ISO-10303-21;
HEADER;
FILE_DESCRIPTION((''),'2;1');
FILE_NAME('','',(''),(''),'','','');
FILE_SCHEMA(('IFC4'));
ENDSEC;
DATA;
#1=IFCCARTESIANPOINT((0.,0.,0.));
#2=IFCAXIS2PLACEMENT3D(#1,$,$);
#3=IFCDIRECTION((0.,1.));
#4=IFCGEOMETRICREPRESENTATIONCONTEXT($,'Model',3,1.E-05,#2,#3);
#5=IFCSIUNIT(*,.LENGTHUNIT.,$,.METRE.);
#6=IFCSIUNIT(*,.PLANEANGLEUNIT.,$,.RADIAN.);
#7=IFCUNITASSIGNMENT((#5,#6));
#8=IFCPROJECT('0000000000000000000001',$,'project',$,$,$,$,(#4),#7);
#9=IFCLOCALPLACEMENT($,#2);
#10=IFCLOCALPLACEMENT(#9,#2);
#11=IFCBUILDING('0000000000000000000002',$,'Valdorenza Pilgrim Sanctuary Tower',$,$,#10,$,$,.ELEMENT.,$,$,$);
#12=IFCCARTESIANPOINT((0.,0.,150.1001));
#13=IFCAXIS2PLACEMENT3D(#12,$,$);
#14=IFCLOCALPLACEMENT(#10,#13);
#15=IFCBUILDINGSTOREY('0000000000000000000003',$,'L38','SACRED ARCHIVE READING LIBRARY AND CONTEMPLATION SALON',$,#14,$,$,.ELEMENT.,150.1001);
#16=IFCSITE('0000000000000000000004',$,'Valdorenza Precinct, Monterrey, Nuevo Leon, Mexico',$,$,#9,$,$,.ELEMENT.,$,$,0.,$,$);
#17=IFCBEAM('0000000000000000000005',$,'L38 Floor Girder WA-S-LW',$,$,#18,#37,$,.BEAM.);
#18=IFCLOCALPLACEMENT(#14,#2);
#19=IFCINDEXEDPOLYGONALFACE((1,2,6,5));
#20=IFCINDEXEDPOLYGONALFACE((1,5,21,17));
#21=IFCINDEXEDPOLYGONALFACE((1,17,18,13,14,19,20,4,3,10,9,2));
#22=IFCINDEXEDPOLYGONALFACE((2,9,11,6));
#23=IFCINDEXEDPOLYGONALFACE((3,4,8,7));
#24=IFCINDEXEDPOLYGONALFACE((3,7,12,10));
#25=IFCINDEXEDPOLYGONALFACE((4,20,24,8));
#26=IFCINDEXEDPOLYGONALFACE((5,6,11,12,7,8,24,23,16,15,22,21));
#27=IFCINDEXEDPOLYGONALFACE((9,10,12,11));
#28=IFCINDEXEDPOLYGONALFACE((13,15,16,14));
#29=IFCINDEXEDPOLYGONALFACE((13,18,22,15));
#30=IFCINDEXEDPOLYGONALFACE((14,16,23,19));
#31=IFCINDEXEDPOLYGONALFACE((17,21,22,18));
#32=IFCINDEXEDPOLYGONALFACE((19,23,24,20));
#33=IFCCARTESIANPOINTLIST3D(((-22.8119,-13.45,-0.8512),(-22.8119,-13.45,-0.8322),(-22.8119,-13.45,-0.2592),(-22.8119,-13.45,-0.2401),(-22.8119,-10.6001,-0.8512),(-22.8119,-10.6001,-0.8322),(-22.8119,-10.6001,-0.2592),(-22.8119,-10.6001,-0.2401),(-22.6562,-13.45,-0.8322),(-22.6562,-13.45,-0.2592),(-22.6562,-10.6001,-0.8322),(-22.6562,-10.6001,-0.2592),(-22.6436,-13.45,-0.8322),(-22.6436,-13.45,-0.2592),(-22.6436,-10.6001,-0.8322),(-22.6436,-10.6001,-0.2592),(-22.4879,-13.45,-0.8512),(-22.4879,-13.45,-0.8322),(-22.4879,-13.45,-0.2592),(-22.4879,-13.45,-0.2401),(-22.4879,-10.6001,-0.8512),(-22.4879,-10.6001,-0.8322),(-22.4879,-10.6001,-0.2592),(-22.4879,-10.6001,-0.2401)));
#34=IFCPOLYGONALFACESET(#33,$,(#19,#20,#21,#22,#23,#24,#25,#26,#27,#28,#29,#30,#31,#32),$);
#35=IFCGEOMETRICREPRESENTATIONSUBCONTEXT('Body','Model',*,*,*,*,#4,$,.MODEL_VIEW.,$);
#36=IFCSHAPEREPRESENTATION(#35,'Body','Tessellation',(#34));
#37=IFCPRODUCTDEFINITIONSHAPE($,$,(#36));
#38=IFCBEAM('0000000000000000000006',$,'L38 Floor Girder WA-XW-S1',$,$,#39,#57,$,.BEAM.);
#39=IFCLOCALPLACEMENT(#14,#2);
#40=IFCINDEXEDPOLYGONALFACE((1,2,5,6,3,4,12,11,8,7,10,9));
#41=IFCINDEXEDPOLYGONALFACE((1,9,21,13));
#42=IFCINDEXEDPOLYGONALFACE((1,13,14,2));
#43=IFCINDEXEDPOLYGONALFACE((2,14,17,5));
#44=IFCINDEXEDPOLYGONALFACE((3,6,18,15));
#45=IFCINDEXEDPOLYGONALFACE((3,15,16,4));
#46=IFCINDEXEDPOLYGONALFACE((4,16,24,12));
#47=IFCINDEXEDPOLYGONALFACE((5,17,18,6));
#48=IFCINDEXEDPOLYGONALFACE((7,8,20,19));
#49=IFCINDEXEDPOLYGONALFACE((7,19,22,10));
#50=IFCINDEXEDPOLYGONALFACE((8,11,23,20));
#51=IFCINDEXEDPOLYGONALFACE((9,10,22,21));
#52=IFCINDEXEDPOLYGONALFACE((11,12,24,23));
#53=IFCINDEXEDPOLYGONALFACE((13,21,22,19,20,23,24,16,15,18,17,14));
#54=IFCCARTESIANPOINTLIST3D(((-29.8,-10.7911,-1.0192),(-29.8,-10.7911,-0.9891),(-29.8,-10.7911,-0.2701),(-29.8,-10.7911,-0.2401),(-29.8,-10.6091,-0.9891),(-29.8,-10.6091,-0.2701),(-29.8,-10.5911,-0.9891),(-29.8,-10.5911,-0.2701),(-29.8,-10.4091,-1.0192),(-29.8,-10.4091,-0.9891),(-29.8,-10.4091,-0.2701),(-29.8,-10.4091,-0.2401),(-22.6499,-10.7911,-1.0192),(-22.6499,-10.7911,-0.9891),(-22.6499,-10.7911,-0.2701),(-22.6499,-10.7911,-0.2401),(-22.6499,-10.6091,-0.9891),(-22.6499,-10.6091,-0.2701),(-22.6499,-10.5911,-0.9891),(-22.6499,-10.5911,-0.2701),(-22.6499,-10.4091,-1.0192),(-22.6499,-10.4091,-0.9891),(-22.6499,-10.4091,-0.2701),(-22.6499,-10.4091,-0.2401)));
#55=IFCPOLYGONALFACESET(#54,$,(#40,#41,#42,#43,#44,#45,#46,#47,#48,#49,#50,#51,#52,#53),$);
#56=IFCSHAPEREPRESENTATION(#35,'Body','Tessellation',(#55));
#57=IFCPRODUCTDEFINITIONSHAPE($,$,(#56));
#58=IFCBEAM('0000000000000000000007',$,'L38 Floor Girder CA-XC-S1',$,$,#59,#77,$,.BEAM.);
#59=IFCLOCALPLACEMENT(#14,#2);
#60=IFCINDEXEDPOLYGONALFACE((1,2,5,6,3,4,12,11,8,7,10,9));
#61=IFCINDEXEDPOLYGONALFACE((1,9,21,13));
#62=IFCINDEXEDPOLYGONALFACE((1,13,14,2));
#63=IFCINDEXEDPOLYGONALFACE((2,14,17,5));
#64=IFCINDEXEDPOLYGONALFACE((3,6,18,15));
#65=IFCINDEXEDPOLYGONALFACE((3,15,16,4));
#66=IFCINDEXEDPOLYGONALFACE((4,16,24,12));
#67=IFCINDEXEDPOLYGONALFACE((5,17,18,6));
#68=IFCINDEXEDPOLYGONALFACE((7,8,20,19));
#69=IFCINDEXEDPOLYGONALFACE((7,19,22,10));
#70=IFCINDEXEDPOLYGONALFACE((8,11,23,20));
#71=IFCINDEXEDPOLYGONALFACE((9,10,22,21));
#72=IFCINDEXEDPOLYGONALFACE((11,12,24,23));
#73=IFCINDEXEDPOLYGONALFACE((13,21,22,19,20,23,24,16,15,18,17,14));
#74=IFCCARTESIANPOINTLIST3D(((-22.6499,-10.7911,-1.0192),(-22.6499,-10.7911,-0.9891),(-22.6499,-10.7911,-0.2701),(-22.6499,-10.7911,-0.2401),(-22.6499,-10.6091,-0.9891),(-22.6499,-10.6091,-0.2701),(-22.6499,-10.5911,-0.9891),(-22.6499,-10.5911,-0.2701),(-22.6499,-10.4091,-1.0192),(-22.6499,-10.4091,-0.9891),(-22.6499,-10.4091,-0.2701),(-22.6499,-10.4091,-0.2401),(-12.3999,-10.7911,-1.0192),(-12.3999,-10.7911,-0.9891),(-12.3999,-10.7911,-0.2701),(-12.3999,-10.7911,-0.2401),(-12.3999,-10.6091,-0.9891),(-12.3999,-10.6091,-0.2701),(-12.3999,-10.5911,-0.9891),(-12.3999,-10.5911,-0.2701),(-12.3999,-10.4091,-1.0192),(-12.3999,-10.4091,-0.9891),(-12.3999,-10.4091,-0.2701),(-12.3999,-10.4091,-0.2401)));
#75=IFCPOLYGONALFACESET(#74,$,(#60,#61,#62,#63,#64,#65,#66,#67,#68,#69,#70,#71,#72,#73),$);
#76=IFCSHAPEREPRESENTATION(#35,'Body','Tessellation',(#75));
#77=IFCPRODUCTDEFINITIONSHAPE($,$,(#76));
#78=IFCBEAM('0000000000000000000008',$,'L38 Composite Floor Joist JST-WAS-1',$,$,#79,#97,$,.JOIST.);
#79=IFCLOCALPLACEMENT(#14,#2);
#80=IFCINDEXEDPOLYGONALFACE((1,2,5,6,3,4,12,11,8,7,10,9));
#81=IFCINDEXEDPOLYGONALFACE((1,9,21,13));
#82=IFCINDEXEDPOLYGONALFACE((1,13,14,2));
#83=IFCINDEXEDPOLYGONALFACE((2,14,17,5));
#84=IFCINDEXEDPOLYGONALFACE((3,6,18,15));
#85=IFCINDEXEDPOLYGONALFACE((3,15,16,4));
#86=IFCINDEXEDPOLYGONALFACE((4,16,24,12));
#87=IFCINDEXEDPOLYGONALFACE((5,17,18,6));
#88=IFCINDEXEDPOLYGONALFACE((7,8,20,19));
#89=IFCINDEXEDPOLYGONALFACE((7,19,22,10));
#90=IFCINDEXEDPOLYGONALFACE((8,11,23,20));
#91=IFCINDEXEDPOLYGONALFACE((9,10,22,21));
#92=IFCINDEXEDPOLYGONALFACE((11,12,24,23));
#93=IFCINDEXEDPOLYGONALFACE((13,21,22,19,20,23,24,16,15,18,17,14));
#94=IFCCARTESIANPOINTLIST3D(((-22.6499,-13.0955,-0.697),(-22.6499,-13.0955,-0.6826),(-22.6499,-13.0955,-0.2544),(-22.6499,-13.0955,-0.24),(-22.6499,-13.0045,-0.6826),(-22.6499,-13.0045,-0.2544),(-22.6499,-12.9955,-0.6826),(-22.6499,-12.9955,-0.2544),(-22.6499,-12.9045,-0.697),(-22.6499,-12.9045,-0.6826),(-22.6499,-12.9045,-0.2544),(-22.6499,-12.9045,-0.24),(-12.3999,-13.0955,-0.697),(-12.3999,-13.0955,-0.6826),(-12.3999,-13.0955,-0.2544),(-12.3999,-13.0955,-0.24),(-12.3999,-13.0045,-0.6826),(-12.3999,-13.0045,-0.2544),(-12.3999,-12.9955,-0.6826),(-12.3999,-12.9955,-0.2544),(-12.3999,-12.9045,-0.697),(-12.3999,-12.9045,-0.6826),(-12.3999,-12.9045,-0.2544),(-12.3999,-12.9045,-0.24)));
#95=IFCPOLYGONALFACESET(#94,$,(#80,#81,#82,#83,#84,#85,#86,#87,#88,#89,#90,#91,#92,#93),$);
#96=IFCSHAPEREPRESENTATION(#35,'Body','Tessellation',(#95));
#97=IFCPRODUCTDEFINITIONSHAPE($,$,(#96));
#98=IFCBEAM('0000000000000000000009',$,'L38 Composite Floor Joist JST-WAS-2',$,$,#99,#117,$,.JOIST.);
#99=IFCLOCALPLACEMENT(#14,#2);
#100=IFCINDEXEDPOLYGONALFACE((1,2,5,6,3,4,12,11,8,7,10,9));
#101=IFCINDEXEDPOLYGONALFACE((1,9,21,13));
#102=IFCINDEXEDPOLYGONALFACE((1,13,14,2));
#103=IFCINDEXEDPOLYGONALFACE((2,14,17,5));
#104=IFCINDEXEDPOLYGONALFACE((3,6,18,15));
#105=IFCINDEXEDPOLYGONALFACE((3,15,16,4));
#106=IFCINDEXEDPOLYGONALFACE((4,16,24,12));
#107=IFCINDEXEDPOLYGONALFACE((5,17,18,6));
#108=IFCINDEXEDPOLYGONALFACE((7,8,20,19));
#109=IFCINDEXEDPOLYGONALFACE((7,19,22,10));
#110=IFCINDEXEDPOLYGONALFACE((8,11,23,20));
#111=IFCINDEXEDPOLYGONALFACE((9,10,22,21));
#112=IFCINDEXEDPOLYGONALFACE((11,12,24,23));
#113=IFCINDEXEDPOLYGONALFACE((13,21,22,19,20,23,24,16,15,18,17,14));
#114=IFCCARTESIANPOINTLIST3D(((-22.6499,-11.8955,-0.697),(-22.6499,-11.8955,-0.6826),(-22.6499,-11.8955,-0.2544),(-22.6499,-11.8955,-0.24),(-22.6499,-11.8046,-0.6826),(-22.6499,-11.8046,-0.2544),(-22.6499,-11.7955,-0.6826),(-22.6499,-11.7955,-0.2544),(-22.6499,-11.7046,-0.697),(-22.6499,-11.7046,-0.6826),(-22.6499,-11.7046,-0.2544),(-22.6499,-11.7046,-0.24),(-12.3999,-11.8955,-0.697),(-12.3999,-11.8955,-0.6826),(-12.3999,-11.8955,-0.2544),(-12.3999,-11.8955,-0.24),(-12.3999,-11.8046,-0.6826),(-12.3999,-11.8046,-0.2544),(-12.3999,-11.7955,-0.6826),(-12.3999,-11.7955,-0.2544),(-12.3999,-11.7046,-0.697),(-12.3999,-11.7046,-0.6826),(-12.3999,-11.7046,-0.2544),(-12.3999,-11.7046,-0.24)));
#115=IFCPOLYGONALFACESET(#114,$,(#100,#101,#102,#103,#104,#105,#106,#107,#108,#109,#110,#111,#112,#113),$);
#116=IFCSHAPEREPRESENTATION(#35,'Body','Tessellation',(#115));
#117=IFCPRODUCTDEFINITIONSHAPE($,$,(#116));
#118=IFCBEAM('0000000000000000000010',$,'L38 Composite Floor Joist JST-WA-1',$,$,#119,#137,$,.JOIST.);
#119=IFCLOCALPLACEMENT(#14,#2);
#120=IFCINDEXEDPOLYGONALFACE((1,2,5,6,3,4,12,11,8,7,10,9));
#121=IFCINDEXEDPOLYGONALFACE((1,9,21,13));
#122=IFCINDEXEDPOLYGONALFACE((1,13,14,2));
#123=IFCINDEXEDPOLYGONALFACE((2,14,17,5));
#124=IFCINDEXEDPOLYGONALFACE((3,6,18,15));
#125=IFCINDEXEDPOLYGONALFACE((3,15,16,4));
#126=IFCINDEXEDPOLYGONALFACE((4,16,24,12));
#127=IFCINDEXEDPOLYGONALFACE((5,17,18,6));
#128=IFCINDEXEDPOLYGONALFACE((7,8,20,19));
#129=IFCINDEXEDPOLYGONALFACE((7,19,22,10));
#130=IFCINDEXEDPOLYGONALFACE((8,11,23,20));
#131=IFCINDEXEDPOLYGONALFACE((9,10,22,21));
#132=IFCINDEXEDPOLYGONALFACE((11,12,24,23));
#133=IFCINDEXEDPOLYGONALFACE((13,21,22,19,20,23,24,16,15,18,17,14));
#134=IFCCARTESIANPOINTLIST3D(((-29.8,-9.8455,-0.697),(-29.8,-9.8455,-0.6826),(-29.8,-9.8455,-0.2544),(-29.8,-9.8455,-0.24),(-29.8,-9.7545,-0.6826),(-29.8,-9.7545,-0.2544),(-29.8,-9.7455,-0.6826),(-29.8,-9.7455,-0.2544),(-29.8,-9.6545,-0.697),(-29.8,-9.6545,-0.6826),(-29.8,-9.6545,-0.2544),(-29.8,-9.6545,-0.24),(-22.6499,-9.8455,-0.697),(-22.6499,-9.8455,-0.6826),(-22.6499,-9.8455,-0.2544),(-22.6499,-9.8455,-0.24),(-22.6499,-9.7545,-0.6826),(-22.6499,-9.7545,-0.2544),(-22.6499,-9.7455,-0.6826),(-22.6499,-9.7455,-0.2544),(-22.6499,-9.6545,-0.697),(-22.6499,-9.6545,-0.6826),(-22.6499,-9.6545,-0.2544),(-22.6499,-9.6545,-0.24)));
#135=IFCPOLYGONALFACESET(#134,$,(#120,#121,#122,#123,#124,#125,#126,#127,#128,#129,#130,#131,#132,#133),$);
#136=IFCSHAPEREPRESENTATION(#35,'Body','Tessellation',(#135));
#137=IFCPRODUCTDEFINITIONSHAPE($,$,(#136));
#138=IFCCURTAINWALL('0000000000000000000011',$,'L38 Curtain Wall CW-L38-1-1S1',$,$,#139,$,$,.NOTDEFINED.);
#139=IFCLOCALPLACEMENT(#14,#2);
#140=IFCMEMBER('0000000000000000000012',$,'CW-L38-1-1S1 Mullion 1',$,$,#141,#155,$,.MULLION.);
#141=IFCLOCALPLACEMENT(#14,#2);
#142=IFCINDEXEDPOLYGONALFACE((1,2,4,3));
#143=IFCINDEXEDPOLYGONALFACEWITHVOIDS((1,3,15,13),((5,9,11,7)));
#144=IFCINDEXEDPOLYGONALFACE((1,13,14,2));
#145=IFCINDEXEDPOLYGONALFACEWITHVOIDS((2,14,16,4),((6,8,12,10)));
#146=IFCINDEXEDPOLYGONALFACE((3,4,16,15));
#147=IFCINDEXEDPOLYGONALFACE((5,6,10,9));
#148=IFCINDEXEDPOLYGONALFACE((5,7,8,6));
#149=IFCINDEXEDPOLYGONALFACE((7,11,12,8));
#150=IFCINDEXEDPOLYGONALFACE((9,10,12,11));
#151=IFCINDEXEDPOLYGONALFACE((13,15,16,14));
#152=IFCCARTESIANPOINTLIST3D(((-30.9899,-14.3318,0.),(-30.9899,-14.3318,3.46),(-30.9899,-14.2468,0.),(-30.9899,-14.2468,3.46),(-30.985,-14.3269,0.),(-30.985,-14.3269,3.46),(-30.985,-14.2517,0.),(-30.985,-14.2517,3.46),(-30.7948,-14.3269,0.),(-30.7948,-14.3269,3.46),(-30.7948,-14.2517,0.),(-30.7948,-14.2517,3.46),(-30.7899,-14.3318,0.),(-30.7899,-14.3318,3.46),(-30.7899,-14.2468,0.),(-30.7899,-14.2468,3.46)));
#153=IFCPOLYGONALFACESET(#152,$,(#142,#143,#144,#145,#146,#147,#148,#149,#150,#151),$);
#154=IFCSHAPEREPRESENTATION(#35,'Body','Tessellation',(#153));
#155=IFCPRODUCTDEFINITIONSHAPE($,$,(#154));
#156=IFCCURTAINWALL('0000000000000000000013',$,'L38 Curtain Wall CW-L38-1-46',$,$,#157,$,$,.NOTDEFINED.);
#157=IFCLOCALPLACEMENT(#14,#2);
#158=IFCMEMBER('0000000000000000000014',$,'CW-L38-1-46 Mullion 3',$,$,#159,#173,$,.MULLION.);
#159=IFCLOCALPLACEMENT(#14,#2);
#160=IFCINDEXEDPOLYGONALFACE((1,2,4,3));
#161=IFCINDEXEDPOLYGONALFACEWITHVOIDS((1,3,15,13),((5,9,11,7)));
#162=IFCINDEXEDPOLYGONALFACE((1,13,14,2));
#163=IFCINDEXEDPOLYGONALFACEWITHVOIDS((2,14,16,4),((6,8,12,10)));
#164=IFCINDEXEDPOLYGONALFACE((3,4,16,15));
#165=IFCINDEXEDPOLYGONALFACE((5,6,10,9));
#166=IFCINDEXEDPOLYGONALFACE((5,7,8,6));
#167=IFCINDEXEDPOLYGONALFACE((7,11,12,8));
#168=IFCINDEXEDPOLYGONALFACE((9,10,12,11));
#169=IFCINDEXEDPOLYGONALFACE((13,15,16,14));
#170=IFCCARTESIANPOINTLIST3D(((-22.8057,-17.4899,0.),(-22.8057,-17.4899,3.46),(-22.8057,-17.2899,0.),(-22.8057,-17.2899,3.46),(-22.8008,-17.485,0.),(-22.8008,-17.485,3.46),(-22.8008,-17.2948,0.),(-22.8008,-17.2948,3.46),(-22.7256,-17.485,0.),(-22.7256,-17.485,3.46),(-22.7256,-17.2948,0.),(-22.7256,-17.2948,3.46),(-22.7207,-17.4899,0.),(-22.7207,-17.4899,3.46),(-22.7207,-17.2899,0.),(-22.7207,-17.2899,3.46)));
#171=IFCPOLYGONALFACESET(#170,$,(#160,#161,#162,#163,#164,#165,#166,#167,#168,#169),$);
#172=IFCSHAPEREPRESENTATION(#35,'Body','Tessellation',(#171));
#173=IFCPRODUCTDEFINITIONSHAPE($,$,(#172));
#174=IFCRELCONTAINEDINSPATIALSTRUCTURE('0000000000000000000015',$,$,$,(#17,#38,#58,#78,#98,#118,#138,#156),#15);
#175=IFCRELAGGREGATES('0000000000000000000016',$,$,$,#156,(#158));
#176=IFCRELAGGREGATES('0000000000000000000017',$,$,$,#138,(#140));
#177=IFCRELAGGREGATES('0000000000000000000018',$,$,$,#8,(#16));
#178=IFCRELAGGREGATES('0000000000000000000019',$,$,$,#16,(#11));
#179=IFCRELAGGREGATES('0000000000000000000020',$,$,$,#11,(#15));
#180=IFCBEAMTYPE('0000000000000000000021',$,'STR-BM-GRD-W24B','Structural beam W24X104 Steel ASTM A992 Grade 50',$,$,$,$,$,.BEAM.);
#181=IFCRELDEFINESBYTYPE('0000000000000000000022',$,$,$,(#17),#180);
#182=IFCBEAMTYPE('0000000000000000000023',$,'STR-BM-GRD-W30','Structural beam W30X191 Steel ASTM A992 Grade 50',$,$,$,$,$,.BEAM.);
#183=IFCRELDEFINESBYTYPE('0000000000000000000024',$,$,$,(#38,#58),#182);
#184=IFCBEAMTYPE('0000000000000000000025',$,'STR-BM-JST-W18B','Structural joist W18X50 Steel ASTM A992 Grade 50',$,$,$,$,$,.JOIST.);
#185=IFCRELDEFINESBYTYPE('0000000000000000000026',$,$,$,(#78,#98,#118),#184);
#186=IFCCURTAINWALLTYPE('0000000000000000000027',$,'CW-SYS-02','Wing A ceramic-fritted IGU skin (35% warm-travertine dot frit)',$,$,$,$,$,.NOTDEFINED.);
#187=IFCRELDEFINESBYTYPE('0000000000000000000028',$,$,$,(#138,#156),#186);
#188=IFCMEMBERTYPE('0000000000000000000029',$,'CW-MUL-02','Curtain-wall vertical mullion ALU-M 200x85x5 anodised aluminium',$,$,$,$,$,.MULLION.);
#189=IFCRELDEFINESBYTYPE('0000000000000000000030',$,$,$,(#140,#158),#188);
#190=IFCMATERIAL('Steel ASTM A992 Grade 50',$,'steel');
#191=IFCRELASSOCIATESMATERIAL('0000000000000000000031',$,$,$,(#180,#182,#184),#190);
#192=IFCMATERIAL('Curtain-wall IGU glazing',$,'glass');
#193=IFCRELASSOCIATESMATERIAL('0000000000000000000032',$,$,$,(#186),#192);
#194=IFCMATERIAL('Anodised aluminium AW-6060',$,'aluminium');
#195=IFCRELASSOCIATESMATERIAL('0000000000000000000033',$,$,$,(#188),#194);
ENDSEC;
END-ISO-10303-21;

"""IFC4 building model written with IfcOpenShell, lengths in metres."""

from ifc_helpers import new_model, si_unit, direction, frame, origin, origin_2d, place, context, subcontext, project, spatial, hollow_rectangle, i_section, extrude, source, transform, mapped, material, material_profile, profile_set, type_object, element, aggregate, save


model = new_model("IFC4")

# Units and contexts
model_context = context("Model", 3, precision=1e-05, world=origin(), true_north=direction((0.0, 1.0)))
body_context = subcontext(model_context, "Body", "Model", "MODEL_VIEW")
ifc_project = project(units=[si_unit("LENGTHUNIT", "METRE"), si_unit("PLANEANGLEUNIT", "RADIAN")], contexts=[model_context])

# Site, building, storey
site_placement = place(None, origin())
site = spatial("IfcSite", under=ifc_project, at=site_placement, Name="Valdorenza Precinct, Monterrey, Nuevo Leon, Mexico", CompositionType="ELEMENT", RefElevation=0.0)
building_placement = place(site_placement, origin())
building = spatial("IfcBuilding", under=site, at=building_placement, Name="Valdorenza Pilgrim Sanctuary Tower", CompositionType="ELEMENT")
storey_placement = place(building_placement, frame((0.0, 0.0, 150.1001)))
storey = spatial("IfcBuildingStorey", under=building, at=storey_placement, Name="L38", Description="SACRED ARCHIVE READING LIBRARY AND CONTEMPLATION SALON", CompositionType="ELEMENT", Elevation=150.1001)

# Shared definitions
ifc_material_1 = material(Name="Steel ASTM A992 Grade 50", Category="steel")

# Beams
ifc_material_profile_1 = material_profile(ifc_material_1, i_section(OverallWidth=0.324, OverallDepth=0.6111, WebThickness=0.0127, FlangeThickness=0.019, at=origin_2d()), Name="W24X104")
ifc_profile_set_1 = profile_set([ifc_material_profile_1], Name="Steel ASTM A992 Grade 50")
beam_type_1 = type_object("IfcBeamType", Name="STR-BM-GRD-W24B", Description="Structural beam W24X104 Steel ASTM A992 Grade 50", PredefinedType="BEAM", material=ifc_profile_set_1)
shared_shape_1 = source(origin(), body_context, "Body", "SweptSolid", [
    extrude(i_section(OverallWidth=0.324, OverallDepth=0.6111, WebThickness=0.0127, FlangeThickness=0.019, at=origin_2d()), origin(), (0.0, 0.0, 1.0), 2.8499),
])
beam_1_placement = place(storey_placement, frame((-22.6499, -13.45, -0.5457), z_axis=(0.0, 1.0, 0.0), x_axis=(-1.0, 0.0, 0.0)))
element("IfcBeam", 1, at=beam_1_placement, inside=storey, type_object=beam_type_1, Name="L38 Floor Girder WA-S-LW", PredefinedType="BEAM", context=body_context, shape_type="MappedRepresentation", body=[
    mapped(shared_shape_1, transform((0.0, 0.0, 0.0), x_axis=(1.0, 0.0, 0.0), y_axis=(0.0, 1.0, 0.0), z_axis=(0.0, 0.0, 1.0), scale=1.0)),
])
ifc_material_profile_2 = material_profile(ifc_material_1, i_section(OverallWidth=0.3821, OverallDepth=0.7791, WebThickness=0.0181, FlangeThickness=0.03, at=origin_2d()), Name="W30X191")
ifc_profile_set_2 = profile_set([ifc_material_profile_2], Name="Steel ASTM A992 Grade 50")
beam_type_2 = type_object("IfcBeamType", Name="STR-BM-GRD-W30", Description="Structural beam W30X191 Steel ASTM A992 Grade 50", PredefinedType="BEAM", material=ifc_profile_set_2)
shared_shape_2 = source(origin(), body_context, "Body", "SweptSolid", [
    extrude(i_section(OverallWidth=0.3821, OverallDepth=0.7791, WebThickness=0.0181, FlangeThickness=0.03, at=origin_2d()), origin(), (0.0, 0.0, 1.0), 7.1501),
])
beam_2_placement = place(storey_placement, frame((-29.8, -10.6001, -0.6296), z_axis=(1.0, 0.0, 0.0), x_axis=(0.0, 1.0, 0.0)))
element("IfcBeam", 2, at=beam_2_placement, inside=storey, type_object=beam_type_2, Name="L38 Floor Girder WA-XW-S1", PredefinedType="BEAM", context=body_context, shape_type="MappedRepresentation", body=[
    mapped(shared_shape_2, transform((0.0, 0.0, 0.0), x_axis=(1.0, 0.0, 0.0), y_axis=(0.0, 1.0, 0.0), z_axis=(0.0, 0.0, 1.0), scale=1.0)),
])
shared_shape_3 = source(origin(), body_context, "Body", "SweptSolid", [
    extrude(i_section(OverallWidth=0.3821, OverallDepth=0.7791, WebThickness=0.0181, FlangeThickness=0.03, at=origin_2d()), origin(), (0.0, 0.0, 1.0), 10.25),
])
beam_3_placement = place(storey_placement, frame((-22.6499, -10.6001, -0.6296), z_axis=(1.0, 0.0, 0.0), x_axis=(0.0, 1.0, 0.0)))
element("IfcBeam", 3, at=beam_3_placement, inside=storey, type_object=beam_type_2, Name="L38 Floor Girder CA-XC-S1", PredefinedType="BEAM", context=body_context, shape_type="MappedRepresentation", body=[
    mapped(shared_shape_3, transform((0.0, 0.0, 0.0), x_axis=(1.0, 0.0, 0.0), y_axis=(0.0, 1.0, 0.0), z_axis=(0.0, 0.0, 1.0), scale=1.0)),
])
ifc_material_profile_3 = material_profile(ifc_material_1, i_section(OverallWidth=0.1909, OverallDepth=0.457, WebThickness=0.009, FlangeThickness=0.0144, at=origin_2d()), Name="W18X50")
ifc_profile_set_3 = profile_set([ifc_material_profile_3], Name="Steel ASTM A992 Grade 50")
beam_type_3 = type_object("IfcBeamType", Name="STR-BM-JST-W18B", Description="Structural joist W18X50 Steel ASTM A992 Grade 50", PredefinedType="JOIST", material=ifc_profile_set_3)
shared_shape_4 = source(origin(), body_context, "Body", "SweptSolid", [
    extrude(i_section(OverallWidth=0.1909, OverallDepth=0.457, WebThickness=0.009, FlangeThickness=0.0144, at=origin_2d()), origin(), (0.0, 0.0, 1.0), 10.25),
])
for number, where, z_axis, x_axis, name in (
    (4, (-22.6499, -13.0, -0.4685), (1.0, 0.0, 0.0), (0.0, 1.0, 0.0), "L38 Composite Floor Joist JST-WAS-1"),
    (5, (-22.6499, -11.8, -0.4685), (1.0, 0.0, 0.0), (0.0, 1.0, 0.0), "L38 Composite Floor Joist JST-WAS-2"),
):
    element("IfcBeam", number, at=place(storey_placement, frame(where, z_axis=z_axis, x_axis=x_axis)), inside=storey, type_object=beam_type_3, Name=name, PredefinedType="JOIST", context=body_context, shape_type="MappedRepresentation", body=[
        mapped(shared_shape_4, transform((0.0, 0.0, 0.0), x_axis=(1.0, 0.0, 0.0), y_axis=(0.0, 1.0, 0.0), z_axis=(0.0, 0.0, 1.0), scale=1.0)),
    ])
shared_shape_5 = source(origin(), body_context, "Body", "SweptSolid", [
    extrude(i_section(OverallWidth=0.1909, OverallDepth=0.457, WebThickness=0.009, FlangeThickness=0.0144, at=origin_2d()), origin(), (0.0, 0.0, 1.0), 7.1501),
])
beam_4_placement = place(storey_placement, frame((-29.8, -9.75, -0.4685), z_axis=(1.0, 0.0, 0.0), x_axis=(0.0, 1.0, 0.0)))
element("IfcBeam", 6, at=beam_4_placement, inside=storey, type_object=beam_type_3, Name="L38 Composite Floor Joist JST-WA-1", PredefinedType="JOIST", context=body_context, shape_type="MappedRepresentation", body=[
    mapped(shared_shape_5, transform((0.0, 0.0, 0.0), x_axis=(1.0, 0.0, 0.0), y_axis=(0.0, 1.0, 0.0), z_axis=(0.0, 0.0, 1.0), scale=1.0)),
])

# Curtain wall, member
ifc_material_2 = material(Name="Curtain-wall IGU glazing", Category="glass")
curtain_wall_type = type_object("IfcCurtainWallType", Name="CW-SYS-02", Description="Wing A ceramic-fritted IGU skin (35% warm-travertine dot frit)", PredefinedType="NOTDEFINED", material=ifc_material_2)
curtain_wall_1_placement = place(storey_placement, origin())
curtain_wall_1 = element("IfcCurtainWall", 7, at=curtain_wall_1_placement, inside=storey, type_object=curtain_wall_type, Name="L38 Curtain Wall CW-L38-1-1S1", PredefinedType="NOTDEFINED")
ifc_material_3 = material(Name="Anodised aluminium AW-6060", Category="aluminium")
ifc_material_profile_4 = material_profile(ifc_material_3, hollow_rectangle(XDim=0.085, YDim=0.2, WallThickness=0.0049, at=origin_2d()), Name="ALU-M 200x85x5")
ifc_profile_set_4 = profile_set([ifc_material_profile_4], Name="Anodised aluminium AW-6060")
member_type_1 = type_object("IfcMemberType", Name="CW-MUL-02", Description="Curtain-wall vertical mullion ALU-M 200x85x5 anodised aluminium", PredefinedType="MULLION", material=ifc_profile_set_4)
shared_shape_6 = source(origin(), body_context, "Body", "SweptSolid", [
    extrude(hollow_rectangle(XDim=0.085, YDim=0.2, WallThickness=0.0049, at=origin_2d()), origin(), (0.0, 0.0, 1.0), 3.46),
])
member_1_placement = place(storey_placement, frame((-30.8899, -14.2893, 0.0), z_axis=(0.0, 0.0, 1.0), x_axis=(0.0, 1.0, 0.0)))
member_1 = element("IfcMember", 8, at=member_1_placement, type_object=member_type_1, Name="CW-L38-1-1S1 Mullion 1", PredefinedType="MULLION", context=body_context, shape_type="MappedRepresentation", body=[
    mapped(shared_shape_6, transform((0.0, 0.0, 0.0), x_axis=(1.0, 0.0, 0.0), y_axis=(0.0, 1.0, 0.0), z_axis=(0.0, 0.0, 1.0), scale=1.0)),
])

# Curtain wall, member
curtain_wall_2_placement = place(storey_placement, origin())
curtain_wall_2 = element("IfcCurtainWall", 9, at=curtain_wall_2_placement, inside=storey, type_object=curtain_wall_type, Name="L38 Curtain Wall CW-L38-1-46", PredefinedType="NOTDEFINED")
member_2_placement = place(storey_placement, frame((-22.7632, -17.3899, 0.0), z_axis=(0.0, 0.0, 1.0), x_axis=(-1.0, 0.0, 0.0)))
member_2 = element("IfcMember", 10, at=member_2_placement, type_object=member_type_1, Name="CW-L38-1-46 Mullion 3", PredefinedType="MULLION", context=body_context, shape_type="MappedRepresentation", body=[
    mapped(shared_shape_6, transform((0.0, 0.0, 0.0), x_axis=(1.0, 0.0, 0.0), y_axis=(0.0, 1.0, 0.0), z_axis=(0.0, 0.0, 1.0), scale=1.0)),
])

aggregate(curtain_wall_2, [member_2])
aggregate(curtain_wall_1, [member_1])

save(model, "model.ifc")
